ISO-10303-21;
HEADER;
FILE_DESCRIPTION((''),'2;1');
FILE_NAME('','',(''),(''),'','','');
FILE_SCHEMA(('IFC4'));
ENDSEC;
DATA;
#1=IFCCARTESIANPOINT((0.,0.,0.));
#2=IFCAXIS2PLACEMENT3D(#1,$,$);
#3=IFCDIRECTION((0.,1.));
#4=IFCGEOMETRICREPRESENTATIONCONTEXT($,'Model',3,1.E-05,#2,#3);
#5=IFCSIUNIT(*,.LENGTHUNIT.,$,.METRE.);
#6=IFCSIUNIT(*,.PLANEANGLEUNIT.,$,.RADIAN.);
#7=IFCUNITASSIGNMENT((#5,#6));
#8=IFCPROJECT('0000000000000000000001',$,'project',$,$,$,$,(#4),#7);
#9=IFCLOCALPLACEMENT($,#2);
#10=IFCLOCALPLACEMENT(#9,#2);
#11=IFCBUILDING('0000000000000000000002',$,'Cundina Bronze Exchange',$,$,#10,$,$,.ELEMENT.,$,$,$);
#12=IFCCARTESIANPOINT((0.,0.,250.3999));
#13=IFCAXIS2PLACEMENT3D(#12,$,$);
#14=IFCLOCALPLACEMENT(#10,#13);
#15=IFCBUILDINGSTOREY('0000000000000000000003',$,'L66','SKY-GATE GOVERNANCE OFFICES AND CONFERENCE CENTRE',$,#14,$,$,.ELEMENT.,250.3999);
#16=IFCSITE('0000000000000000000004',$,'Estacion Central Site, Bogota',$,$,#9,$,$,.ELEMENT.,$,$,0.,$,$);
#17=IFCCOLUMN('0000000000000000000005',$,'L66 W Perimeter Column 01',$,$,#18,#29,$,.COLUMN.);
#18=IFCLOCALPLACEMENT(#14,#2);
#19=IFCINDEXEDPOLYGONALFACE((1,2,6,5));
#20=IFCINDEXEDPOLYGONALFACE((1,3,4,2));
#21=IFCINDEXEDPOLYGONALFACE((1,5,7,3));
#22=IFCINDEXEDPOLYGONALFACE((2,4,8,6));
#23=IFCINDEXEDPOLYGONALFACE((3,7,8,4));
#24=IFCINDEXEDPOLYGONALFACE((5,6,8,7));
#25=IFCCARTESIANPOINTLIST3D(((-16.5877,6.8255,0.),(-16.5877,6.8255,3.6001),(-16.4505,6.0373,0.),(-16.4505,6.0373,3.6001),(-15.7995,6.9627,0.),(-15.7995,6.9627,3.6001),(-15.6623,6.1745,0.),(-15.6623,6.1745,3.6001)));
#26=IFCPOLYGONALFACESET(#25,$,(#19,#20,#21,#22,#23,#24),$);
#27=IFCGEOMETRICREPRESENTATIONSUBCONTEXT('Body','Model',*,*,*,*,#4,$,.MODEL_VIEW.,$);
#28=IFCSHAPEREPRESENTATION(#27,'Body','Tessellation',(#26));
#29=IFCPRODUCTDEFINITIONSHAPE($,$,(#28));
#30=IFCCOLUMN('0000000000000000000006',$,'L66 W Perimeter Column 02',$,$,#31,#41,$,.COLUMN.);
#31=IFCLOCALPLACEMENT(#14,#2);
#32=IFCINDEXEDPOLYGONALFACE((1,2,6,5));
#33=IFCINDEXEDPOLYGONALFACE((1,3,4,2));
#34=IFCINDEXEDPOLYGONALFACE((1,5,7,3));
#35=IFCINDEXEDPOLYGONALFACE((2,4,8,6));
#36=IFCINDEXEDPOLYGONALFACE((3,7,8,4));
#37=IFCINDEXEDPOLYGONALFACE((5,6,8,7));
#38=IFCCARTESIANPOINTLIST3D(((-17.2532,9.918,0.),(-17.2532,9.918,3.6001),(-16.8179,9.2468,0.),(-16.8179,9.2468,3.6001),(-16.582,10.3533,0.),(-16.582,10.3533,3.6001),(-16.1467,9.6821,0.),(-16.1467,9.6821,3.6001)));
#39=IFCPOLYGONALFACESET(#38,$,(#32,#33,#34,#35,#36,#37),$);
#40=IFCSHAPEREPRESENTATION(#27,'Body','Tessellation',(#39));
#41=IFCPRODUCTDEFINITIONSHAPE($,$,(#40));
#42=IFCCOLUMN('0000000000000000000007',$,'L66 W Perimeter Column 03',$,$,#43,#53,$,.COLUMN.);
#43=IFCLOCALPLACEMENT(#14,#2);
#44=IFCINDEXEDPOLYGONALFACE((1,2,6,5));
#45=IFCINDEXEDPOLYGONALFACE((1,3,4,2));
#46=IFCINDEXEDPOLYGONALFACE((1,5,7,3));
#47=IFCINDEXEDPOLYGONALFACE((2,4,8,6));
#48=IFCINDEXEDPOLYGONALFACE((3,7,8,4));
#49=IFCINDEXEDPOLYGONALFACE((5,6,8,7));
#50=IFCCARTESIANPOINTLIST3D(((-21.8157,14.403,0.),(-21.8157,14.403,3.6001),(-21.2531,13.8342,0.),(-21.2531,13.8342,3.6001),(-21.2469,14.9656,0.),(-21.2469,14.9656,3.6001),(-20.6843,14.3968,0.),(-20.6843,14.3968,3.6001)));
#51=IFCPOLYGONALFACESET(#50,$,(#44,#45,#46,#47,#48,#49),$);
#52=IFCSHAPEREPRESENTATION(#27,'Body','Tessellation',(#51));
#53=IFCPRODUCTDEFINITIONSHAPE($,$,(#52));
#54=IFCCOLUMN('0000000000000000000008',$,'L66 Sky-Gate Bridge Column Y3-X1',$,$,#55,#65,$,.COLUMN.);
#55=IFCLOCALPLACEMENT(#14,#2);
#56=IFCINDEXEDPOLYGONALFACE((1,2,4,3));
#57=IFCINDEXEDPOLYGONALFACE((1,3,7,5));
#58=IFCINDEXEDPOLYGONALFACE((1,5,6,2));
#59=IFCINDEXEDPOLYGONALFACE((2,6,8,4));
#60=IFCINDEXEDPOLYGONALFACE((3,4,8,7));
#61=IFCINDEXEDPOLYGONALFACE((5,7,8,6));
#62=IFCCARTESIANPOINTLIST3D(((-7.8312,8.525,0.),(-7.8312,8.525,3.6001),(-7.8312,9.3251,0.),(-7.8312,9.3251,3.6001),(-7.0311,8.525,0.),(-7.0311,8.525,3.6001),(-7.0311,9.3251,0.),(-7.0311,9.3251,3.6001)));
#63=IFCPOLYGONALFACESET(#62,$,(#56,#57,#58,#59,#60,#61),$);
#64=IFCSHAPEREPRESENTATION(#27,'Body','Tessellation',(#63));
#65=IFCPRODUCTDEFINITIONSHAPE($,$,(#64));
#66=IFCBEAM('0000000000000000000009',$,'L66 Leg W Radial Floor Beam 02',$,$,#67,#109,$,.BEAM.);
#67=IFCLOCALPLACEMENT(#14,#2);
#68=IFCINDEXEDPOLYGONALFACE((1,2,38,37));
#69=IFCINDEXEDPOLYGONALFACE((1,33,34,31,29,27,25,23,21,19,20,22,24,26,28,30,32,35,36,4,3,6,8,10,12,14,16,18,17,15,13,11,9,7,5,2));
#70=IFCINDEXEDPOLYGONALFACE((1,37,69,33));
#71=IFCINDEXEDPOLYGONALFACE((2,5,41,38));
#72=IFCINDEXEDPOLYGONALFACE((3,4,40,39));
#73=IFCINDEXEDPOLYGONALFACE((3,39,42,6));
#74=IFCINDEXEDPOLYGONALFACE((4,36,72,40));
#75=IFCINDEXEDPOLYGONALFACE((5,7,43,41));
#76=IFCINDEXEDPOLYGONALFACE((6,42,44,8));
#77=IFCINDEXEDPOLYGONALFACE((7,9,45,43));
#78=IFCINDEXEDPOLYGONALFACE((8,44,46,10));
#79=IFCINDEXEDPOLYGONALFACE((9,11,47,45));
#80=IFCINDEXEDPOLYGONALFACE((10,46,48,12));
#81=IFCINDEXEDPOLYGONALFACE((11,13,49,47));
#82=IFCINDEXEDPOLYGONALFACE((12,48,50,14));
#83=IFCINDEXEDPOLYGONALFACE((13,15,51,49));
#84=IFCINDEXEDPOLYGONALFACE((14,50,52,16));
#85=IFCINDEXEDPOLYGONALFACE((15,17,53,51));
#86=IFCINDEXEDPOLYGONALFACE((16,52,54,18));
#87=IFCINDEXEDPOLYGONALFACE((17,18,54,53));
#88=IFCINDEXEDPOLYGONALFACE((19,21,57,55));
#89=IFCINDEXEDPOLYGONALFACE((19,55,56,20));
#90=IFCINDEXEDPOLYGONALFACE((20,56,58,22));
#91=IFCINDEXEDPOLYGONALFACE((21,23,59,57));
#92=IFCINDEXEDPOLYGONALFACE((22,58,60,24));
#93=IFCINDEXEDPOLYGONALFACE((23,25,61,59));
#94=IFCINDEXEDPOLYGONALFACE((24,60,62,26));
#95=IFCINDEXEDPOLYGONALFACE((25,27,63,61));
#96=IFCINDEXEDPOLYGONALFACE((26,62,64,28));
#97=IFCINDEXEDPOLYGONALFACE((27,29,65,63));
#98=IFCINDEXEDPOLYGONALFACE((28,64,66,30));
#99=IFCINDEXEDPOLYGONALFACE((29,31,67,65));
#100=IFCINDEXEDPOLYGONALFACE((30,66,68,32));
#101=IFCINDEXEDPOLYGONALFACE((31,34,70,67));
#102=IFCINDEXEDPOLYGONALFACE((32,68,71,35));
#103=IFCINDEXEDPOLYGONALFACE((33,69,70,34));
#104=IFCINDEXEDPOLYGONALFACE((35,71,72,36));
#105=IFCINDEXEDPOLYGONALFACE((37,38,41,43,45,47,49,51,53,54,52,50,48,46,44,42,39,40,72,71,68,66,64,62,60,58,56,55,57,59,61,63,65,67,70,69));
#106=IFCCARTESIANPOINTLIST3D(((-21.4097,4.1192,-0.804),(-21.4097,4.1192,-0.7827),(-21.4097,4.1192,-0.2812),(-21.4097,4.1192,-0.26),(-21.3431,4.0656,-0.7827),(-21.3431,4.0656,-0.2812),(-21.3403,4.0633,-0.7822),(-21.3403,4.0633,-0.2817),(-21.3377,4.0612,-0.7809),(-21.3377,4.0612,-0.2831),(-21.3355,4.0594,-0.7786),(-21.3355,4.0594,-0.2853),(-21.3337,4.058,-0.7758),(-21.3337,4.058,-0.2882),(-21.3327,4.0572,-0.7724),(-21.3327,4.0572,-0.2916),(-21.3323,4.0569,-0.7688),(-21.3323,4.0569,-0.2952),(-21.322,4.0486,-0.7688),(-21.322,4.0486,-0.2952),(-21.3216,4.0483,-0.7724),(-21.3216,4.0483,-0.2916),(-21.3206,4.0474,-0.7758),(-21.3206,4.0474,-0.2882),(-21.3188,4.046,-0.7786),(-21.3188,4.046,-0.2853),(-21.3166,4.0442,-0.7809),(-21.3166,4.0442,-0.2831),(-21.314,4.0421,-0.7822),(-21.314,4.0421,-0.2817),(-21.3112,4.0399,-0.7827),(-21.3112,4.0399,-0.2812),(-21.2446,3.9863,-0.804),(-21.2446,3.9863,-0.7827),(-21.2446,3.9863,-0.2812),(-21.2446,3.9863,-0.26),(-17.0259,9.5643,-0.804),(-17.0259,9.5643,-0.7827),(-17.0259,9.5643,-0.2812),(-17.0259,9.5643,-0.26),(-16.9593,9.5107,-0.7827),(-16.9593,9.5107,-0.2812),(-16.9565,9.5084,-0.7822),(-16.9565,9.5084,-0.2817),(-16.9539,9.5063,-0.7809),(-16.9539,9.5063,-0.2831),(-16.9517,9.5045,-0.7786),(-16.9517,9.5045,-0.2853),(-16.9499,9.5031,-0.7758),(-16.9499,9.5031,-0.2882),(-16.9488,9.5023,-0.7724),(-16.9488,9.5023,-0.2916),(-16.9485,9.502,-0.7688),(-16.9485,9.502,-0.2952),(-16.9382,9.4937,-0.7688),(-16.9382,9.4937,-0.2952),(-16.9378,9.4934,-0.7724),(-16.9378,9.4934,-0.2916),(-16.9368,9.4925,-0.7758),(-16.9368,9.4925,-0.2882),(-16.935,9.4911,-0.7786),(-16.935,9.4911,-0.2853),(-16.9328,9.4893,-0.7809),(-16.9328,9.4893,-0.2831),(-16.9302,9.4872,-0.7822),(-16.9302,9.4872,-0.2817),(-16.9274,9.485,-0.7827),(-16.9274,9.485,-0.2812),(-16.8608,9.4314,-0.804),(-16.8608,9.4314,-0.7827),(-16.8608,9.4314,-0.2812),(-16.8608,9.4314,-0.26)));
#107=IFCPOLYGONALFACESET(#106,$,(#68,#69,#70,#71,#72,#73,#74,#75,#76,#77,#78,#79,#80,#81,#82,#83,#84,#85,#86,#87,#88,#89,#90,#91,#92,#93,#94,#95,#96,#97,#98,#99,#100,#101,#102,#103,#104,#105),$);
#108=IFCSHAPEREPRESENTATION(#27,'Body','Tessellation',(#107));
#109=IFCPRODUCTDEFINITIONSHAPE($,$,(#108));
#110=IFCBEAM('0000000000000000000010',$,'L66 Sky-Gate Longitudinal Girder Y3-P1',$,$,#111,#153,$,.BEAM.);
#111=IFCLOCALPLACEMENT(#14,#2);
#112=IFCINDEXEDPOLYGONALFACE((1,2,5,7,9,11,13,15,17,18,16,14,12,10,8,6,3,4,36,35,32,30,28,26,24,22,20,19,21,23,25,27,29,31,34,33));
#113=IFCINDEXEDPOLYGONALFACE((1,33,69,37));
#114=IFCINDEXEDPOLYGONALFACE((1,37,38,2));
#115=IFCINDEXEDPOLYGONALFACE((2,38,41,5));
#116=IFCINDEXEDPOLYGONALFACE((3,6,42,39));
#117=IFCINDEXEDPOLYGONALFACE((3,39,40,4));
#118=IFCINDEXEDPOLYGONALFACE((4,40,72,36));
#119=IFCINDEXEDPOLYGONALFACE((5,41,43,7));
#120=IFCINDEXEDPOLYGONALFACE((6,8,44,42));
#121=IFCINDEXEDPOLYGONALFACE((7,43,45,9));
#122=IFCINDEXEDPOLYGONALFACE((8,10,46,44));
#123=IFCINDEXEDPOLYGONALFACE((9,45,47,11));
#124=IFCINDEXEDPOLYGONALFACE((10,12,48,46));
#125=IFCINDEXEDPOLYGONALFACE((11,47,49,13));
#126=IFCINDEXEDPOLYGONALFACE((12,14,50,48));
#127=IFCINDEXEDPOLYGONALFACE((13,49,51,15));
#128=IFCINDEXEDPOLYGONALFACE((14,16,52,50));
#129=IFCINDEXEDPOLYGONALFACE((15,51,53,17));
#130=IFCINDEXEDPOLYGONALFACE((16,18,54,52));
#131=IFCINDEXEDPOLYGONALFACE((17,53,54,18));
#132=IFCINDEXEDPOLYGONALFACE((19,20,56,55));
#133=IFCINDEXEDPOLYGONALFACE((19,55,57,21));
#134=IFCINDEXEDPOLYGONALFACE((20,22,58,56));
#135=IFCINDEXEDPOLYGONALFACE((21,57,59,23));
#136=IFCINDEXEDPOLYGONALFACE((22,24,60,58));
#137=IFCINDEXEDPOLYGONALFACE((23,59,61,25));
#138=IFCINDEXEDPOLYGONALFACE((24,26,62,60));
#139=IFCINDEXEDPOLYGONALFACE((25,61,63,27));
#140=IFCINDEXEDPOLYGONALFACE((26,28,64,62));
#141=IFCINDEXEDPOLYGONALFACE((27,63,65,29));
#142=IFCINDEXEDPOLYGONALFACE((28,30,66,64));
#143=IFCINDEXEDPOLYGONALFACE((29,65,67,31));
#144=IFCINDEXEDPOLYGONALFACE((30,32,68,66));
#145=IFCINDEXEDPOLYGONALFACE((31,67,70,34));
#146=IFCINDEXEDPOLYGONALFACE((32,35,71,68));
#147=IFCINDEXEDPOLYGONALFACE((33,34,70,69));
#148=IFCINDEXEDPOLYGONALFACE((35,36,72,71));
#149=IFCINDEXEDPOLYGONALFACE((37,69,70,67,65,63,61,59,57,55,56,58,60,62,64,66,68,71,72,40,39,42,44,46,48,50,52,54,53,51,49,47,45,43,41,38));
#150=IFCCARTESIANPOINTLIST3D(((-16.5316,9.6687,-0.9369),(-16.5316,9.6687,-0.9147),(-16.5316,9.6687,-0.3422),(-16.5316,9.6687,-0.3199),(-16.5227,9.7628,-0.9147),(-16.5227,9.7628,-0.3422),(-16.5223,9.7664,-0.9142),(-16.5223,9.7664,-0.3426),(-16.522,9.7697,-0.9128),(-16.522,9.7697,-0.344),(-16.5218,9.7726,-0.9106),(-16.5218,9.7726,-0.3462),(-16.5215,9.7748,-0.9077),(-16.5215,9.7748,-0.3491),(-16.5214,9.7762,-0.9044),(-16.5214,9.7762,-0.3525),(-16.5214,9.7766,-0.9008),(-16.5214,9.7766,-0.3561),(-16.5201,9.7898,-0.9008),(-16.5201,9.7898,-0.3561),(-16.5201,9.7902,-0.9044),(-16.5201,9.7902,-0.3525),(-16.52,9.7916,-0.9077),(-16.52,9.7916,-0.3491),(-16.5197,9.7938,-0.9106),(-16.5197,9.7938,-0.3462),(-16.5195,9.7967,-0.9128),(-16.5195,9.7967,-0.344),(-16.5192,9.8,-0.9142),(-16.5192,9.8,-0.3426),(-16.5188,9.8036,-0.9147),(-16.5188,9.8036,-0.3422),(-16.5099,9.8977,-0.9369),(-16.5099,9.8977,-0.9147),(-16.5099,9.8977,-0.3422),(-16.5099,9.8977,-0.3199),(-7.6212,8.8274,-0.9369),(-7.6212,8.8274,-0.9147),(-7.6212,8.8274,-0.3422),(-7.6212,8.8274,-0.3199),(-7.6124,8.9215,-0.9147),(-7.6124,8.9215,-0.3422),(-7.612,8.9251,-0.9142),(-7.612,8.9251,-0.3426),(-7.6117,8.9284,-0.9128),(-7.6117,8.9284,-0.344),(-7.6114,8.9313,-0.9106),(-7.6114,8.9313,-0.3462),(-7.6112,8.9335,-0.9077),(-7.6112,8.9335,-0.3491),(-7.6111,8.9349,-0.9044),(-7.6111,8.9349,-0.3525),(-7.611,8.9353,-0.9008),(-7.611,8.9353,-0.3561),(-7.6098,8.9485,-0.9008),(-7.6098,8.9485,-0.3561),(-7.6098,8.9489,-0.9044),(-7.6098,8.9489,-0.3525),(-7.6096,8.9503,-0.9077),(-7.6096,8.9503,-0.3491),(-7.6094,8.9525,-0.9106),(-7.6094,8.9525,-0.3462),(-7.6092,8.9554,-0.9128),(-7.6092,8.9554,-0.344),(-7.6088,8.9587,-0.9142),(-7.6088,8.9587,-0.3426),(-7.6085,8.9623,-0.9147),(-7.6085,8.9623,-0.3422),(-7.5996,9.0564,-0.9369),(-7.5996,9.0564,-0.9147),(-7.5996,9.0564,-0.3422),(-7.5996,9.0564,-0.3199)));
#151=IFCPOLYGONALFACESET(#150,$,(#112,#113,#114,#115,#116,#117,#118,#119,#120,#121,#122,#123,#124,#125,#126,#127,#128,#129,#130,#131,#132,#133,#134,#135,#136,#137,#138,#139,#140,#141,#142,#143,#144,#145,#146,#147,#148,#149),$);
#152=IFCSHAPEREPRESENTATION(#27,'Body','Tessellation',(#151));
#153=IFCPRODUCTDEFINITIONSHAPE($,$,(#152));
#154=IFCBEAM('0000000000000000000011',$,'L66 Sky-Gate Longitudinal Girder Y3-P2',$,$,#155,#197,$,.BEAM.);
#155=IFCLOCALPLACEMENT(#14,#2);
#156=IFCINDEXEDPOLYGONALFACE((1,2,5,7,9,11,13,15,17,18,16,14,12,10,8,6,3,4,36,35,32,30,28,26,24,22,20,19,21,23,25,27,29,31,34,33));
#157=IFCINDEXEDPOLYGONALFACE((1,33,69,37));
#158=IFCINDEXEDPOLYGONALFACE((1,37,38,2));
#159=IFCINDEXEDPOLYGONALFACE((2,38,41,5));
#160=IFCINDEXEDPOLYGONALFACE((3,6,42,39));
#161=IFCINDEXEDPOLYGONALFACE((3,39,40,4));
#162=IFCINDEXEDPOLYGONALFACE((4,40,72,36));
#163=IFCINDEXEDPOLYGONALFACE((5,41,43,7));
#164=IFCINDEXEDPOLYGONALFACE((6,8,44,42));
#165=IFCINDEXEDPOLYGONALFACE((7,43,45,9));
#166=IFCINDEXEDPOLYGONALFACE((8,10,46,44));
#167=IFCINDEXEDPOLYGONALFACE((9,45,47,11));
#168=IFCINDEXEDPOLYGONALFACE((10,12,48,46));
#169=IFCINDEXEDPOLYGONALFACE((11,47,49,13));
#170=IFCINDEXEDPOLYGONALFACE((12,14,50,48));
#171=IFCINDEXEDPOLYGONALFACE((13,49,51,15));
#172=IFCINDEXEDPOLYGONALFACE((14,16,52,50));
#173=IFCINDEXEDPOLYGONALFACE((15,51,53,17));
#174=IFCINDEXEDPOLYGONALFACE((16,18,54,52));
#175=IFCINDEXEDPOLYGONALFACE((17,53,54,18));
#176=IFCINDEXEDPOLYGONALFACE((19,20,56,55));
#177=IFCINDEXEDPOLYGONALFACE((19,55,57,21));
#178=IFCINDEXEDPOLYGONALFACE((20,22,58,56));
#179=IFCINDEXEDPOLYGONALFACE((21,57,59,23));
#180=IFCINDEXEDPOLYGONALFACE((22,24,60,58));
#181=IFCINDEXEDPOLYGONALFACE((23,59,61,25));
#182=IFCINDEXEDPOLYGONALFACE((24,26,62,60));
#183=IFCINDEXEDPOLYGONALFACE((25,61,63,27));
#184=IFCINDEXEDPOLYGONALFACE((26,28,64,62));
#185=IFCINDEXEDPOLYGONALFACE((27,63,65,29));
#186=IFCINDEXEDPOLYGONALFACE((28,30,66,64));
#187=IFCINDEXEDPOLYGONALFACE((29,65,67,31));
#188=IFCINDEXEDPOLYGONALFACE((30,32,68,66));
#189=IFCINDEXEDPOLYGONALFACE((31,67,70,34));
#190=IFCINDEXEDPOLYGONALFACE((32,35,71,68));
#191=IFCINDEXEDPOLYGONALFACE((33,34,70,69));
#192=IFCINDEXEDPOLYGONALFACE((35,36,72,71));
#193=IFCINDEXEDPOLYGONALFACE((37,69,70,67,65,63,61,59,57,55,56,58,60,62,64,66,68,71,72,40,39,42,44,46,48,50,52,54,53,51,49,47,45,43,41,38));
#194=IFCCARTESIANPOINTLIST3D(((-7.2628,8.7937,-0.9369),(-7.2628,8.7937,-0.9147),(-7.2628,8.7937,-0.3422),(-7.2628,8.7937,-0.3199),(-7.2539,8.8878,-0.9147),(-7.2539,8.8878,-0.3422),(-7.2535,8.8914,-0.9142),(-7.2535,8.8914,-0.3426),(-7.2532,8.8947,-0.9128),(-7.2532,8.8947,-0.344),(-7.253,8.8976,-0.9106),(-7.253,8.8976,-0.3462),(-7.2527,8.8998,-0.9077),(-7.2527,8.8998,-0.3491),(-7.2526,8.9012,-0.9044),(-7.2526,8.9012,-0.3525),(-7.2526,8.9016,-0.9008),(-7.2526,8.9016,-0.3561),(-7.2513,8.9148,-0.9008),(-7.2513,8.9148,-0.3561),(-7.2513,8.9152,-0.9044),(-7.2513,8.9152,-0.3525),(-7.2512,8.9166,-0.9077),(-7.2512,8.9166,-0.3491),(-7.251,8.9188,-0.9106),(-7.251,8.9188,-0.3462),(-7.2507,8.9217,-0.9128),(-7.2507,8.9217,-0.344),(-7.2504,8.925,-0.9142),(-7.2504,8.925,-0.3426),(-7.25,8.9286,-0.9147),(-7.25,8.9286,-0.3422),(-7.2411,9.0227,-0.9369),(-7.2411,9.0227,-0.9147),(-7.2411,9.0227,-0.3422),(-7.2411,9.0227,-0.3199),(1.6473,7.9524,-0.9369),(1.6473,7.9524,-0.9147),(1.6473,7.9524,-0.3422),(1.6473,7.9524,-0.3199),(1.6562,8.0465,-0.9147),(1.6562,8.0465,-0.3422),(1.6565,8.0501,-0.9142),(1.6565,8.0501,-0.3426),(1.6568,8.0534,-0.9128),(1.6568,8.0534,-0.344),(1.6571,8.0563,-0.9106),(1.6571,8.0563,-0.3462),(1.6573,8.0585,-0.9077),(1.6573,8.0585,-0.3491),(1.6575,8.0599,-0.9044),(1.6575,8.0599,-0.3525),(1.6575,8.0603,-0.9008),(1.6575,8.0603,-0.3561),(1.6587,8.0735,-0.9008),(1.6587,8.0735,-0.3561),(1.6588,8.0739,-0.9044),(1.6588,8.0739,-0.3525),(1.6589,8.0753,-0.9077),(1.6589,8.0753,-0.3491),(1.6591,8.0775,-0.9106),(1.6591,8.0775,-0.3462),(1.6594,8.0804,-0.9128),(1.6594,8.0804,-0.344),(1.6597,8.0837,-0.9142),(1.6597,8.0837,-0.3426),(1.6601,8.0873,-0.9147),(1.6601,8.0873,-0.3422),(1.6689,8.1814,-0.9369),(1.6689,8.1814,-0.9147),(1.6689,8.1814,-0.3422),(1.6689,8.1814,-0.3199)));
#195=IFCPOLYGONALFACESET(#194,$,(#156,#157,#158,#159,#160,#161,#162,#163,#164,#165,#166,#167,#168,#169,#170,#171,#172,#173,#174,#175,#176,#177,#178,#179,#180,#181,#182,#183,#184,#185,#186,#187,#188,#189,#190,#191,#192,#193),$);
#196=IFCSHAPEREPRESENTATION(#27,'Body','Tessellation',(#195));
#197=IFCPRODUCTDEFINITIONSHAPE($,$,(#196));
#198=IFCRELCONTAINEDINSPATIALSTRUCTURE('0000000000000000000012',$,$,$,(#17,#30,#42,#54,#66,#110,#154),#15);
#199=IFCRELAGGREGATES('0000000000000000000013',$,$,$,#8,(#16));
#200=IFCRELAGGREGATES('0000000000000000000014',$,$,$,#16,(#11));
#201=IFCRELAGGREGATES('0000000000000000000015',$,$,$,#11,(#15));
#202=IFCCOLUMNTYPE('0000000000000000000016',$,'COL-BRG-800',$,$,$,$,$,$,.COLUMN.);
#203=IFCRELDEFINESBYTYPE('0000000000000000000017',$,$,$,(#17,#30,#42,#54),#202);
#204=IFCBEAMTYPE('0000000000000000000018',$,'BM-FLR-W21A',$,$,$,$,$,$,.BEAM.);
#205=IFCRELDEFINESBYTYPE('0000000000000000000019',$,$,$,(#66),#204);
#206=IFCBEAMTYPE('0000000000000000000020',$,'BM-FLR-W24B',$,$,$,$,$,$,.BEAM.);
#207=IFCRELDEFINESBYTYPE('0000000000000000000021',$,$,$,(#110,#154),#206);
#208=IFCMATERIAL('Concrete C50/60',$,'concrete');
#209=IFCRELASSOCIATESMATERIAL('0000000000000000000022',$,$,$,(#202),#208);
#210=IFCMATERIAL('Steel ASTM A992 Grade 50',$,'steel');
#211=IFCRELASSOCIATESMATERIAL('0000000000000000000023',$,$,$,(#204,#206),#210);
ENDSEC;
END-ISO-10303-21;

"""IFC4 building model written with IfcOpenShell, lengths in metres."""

from ifc_helpers import new_model, si_unit, direction, frame, origin, origin_2d, place, context, subcontext, project, spatial, rectangle, i_section, extrude, material, material_profile, profile_set, type_object, element, save


model = new_model("IFC4")

# Units and contexts
model_context = context("Model", 3, precision=1e-05, world=origin(), true_north=direction((0.0, 1.0)))
body_context = subcontext(model_context, "Body", "Model", "MODEL_VIEW")
ifc_project = project(units=[si_unit("LENGTHUNIT", "METRE"), si_unit("PLANEANGLEUNIT", "RADIAN")], contexts=[model_context])

# Site, building, storey
site_placement = place(None, origin())
site = spatial("IfcSite", under=ifc_project, at=site_placement, Name="Estacion Central Site, Bogota", CompositionType="ELEMENT", RefElevation=0.0)
building_placement = place(site_placement, origin())
building = spatial("IfcBuilding", under=site, at=building_placement, Name="Cundina Bronze Exchange", CompositionType="ELEMENT")
storey_placement = place(building_placement, frame((0.0, 0.0, 250.3999)))
storey = spatial("IfcBuildingStorey", under=building, at=storey_placement, Name="L66", Description="SKY-GATE GOVERNANCE OFFICES AND CONFERENCE CENTRE", CompositionType="ELEMENT", Elevation=250.3999)

# Columns
ifc_material_1 = material(Name="Concrete C50/60", Category="concrete")
ifc_material_profile_1 = material_profile(ifc_material_1, rectangle(XDim=0.8, YDim=0.8, at=origin_2d()), Name="RC800X800", Category="concrete")
ifc_profile_set_1 = profile_set([ifc_material_profile_1], Name="Concrete C50/60")
column_type = type_object("IfcColumnType", Name="COL-BRG-800", PredefinedType="COLUMN", material=ifc_profile_set_1)
for number, where, z_axis, x_axis, name in (
    (1, (-16.125, 6.5, 0.0), (0.0, 0.0, 1.0), (-0.171585, 0.985169, 0.0), "L66 W Perimeter Column 01"),
    (2, (-16.7, 9.8, 0.0), (0.0, 0.0, 1.0), (-0.5442, 0.838956, 0.0), "L66 W Perimeter Column 02"),
    (3, (-21.25, 14.3999, 0.0), (0.0, 0.0, 1.0), (-0.703271, 0.710922, 0.0), "L66 W Perimeter Column 03"),
    (4, (-7.4312, 8.925, 0.0), (0.0, 0.0, 1.0), (1.0, 0.0, 0.0), "L66 Sky-Gate Bridge Column Y3-X1"),
):
    element("IfcColumn", number, at=place(storey_placement, frame(where, z_axis=z_axis, x_axis=x_axis)), inside=storey, type_object=column_type, Name=name, PredefinedType="COLUMN", context=body_context, shape_type="SweptSolid", body=[
        extrude(rectangle(XDim=0.8, YDim=0.8, at=origin_2d()), origin(), (0.0, 0.0, 1.0), 3.6001),
    ])

# Beams
ifc_material_2 = material(Name="Steel ASTM A992 Grade 50", Category="steel")
ifc_material_profile_2 = material_profile(ifc_material_2, i_section(OverallWidth=0.2119, OverallDepth=0.5439, WebThickness=0.0132, FlangeThickness=0.0212, FilletRadius=0.0139, at=origin_2d()), Name="W21X83", Category="steel")
ifc_profile_set_2 = profile_set([ifc_material_profile_2], Name="Steel ASTM A992 Grade 50")
beam_type_1 = type_object("IfcBeamType", Name="BM-FLR-W21A", PredefinedType="BEAM", material=ifc_profile_set_2)
beam_1_placement = place(storey_placement, frame((-21.3271, 4.0527, -0.532), z_axis=(0.627111, 0.77893, 0.0), x_axis=(-0.77893, 0.627111, 0.0)))
element("IfcBeam", 5, at=beam_1_placement, inside=storey, type_object=beam_type_1, Name="L66 Leg W Radial Floor Beam 02", PredefinedType="BEAM", context=body_context, shape_type="SweptSolid", body=[
    extrude(i_section(OverallWidth=0.2119, OverallDepth=0.5439, WebThickness=0.0132, FlangeThickness=0.0212, FilletRadius=0.0139, at=origin_2d()), origin(), (0.0, 0.0, 1.0), 6.9905),
])
ifc_material_profile_3 = material_profile(ifc_material_2, i_section(OverallWidth=0.23, OverallDepth=0.6169, WebThickness=0.0132, FlangeThickness=0.0222, FilletRadius=0.0139, at=origin_2d()), Name="W24X94", Category="steel")
ifc_profile_set_3 = profile_set([ifc_material_profile_3], Name="Steel ASTM A992 Grade 50")
beam_type_2 = type_object("IfcBeamType", Name="BM-FLR-W24B", PredefinedType="BEAM", material=ifc_profile_set_3)
beam_2_placement = place(storey_placement, frame((-16.5208, 9.7832, -0.6284), z_axis=(0.995572, -0.094001, 0.0), x_axis=(0.094001, 0.995572, 0.0)))
element("IfcBeam", 6, at=beam_2_placement, inside=storey, type_object=beam_type_2, Name="L66 Sky-Gate Longitudinal Girder Y3-P1", PredefinedType="BEAM", context=body_context, shape_type="SweptSolid", body=[
    extrude(i_section(OverallWidth=0.23, OverallDepth=0.6169, WebThickness=0.0132, FlangeThickness=0.0222, FilletRadius=0.0139, at=origin_2d()), origin(), (0.0, 0.0, 1.0), 8.95),
])
beam_3_placement = place(storey_placement, frame((-7.252, 8.9082, -0.6284), z_axis=(0.995572, -0.094003, 0.0), x_axis=(0.094003, 0.995572, 0.0)))
element("IfcBeam", 7, at=beam_3_placement, inside=storey, type_object=beam_type_2, Name="L66 Sky-Gate Longitudinal Girder Y3-P2", PredefinedType="BEAM", context=body_context, shape_type="SweptSolid", body=[
    extrude(i_section(OverallWidth=0.23, OverallDepth=0.6169, WebThickness=0.0132, FlangeThickness=0.0222, FilletRadius=0.0139, at=origin_2d()), origin(), (0.0, 0.0, 1.0), 8.9497),
])

save(model, "model.ifc")
